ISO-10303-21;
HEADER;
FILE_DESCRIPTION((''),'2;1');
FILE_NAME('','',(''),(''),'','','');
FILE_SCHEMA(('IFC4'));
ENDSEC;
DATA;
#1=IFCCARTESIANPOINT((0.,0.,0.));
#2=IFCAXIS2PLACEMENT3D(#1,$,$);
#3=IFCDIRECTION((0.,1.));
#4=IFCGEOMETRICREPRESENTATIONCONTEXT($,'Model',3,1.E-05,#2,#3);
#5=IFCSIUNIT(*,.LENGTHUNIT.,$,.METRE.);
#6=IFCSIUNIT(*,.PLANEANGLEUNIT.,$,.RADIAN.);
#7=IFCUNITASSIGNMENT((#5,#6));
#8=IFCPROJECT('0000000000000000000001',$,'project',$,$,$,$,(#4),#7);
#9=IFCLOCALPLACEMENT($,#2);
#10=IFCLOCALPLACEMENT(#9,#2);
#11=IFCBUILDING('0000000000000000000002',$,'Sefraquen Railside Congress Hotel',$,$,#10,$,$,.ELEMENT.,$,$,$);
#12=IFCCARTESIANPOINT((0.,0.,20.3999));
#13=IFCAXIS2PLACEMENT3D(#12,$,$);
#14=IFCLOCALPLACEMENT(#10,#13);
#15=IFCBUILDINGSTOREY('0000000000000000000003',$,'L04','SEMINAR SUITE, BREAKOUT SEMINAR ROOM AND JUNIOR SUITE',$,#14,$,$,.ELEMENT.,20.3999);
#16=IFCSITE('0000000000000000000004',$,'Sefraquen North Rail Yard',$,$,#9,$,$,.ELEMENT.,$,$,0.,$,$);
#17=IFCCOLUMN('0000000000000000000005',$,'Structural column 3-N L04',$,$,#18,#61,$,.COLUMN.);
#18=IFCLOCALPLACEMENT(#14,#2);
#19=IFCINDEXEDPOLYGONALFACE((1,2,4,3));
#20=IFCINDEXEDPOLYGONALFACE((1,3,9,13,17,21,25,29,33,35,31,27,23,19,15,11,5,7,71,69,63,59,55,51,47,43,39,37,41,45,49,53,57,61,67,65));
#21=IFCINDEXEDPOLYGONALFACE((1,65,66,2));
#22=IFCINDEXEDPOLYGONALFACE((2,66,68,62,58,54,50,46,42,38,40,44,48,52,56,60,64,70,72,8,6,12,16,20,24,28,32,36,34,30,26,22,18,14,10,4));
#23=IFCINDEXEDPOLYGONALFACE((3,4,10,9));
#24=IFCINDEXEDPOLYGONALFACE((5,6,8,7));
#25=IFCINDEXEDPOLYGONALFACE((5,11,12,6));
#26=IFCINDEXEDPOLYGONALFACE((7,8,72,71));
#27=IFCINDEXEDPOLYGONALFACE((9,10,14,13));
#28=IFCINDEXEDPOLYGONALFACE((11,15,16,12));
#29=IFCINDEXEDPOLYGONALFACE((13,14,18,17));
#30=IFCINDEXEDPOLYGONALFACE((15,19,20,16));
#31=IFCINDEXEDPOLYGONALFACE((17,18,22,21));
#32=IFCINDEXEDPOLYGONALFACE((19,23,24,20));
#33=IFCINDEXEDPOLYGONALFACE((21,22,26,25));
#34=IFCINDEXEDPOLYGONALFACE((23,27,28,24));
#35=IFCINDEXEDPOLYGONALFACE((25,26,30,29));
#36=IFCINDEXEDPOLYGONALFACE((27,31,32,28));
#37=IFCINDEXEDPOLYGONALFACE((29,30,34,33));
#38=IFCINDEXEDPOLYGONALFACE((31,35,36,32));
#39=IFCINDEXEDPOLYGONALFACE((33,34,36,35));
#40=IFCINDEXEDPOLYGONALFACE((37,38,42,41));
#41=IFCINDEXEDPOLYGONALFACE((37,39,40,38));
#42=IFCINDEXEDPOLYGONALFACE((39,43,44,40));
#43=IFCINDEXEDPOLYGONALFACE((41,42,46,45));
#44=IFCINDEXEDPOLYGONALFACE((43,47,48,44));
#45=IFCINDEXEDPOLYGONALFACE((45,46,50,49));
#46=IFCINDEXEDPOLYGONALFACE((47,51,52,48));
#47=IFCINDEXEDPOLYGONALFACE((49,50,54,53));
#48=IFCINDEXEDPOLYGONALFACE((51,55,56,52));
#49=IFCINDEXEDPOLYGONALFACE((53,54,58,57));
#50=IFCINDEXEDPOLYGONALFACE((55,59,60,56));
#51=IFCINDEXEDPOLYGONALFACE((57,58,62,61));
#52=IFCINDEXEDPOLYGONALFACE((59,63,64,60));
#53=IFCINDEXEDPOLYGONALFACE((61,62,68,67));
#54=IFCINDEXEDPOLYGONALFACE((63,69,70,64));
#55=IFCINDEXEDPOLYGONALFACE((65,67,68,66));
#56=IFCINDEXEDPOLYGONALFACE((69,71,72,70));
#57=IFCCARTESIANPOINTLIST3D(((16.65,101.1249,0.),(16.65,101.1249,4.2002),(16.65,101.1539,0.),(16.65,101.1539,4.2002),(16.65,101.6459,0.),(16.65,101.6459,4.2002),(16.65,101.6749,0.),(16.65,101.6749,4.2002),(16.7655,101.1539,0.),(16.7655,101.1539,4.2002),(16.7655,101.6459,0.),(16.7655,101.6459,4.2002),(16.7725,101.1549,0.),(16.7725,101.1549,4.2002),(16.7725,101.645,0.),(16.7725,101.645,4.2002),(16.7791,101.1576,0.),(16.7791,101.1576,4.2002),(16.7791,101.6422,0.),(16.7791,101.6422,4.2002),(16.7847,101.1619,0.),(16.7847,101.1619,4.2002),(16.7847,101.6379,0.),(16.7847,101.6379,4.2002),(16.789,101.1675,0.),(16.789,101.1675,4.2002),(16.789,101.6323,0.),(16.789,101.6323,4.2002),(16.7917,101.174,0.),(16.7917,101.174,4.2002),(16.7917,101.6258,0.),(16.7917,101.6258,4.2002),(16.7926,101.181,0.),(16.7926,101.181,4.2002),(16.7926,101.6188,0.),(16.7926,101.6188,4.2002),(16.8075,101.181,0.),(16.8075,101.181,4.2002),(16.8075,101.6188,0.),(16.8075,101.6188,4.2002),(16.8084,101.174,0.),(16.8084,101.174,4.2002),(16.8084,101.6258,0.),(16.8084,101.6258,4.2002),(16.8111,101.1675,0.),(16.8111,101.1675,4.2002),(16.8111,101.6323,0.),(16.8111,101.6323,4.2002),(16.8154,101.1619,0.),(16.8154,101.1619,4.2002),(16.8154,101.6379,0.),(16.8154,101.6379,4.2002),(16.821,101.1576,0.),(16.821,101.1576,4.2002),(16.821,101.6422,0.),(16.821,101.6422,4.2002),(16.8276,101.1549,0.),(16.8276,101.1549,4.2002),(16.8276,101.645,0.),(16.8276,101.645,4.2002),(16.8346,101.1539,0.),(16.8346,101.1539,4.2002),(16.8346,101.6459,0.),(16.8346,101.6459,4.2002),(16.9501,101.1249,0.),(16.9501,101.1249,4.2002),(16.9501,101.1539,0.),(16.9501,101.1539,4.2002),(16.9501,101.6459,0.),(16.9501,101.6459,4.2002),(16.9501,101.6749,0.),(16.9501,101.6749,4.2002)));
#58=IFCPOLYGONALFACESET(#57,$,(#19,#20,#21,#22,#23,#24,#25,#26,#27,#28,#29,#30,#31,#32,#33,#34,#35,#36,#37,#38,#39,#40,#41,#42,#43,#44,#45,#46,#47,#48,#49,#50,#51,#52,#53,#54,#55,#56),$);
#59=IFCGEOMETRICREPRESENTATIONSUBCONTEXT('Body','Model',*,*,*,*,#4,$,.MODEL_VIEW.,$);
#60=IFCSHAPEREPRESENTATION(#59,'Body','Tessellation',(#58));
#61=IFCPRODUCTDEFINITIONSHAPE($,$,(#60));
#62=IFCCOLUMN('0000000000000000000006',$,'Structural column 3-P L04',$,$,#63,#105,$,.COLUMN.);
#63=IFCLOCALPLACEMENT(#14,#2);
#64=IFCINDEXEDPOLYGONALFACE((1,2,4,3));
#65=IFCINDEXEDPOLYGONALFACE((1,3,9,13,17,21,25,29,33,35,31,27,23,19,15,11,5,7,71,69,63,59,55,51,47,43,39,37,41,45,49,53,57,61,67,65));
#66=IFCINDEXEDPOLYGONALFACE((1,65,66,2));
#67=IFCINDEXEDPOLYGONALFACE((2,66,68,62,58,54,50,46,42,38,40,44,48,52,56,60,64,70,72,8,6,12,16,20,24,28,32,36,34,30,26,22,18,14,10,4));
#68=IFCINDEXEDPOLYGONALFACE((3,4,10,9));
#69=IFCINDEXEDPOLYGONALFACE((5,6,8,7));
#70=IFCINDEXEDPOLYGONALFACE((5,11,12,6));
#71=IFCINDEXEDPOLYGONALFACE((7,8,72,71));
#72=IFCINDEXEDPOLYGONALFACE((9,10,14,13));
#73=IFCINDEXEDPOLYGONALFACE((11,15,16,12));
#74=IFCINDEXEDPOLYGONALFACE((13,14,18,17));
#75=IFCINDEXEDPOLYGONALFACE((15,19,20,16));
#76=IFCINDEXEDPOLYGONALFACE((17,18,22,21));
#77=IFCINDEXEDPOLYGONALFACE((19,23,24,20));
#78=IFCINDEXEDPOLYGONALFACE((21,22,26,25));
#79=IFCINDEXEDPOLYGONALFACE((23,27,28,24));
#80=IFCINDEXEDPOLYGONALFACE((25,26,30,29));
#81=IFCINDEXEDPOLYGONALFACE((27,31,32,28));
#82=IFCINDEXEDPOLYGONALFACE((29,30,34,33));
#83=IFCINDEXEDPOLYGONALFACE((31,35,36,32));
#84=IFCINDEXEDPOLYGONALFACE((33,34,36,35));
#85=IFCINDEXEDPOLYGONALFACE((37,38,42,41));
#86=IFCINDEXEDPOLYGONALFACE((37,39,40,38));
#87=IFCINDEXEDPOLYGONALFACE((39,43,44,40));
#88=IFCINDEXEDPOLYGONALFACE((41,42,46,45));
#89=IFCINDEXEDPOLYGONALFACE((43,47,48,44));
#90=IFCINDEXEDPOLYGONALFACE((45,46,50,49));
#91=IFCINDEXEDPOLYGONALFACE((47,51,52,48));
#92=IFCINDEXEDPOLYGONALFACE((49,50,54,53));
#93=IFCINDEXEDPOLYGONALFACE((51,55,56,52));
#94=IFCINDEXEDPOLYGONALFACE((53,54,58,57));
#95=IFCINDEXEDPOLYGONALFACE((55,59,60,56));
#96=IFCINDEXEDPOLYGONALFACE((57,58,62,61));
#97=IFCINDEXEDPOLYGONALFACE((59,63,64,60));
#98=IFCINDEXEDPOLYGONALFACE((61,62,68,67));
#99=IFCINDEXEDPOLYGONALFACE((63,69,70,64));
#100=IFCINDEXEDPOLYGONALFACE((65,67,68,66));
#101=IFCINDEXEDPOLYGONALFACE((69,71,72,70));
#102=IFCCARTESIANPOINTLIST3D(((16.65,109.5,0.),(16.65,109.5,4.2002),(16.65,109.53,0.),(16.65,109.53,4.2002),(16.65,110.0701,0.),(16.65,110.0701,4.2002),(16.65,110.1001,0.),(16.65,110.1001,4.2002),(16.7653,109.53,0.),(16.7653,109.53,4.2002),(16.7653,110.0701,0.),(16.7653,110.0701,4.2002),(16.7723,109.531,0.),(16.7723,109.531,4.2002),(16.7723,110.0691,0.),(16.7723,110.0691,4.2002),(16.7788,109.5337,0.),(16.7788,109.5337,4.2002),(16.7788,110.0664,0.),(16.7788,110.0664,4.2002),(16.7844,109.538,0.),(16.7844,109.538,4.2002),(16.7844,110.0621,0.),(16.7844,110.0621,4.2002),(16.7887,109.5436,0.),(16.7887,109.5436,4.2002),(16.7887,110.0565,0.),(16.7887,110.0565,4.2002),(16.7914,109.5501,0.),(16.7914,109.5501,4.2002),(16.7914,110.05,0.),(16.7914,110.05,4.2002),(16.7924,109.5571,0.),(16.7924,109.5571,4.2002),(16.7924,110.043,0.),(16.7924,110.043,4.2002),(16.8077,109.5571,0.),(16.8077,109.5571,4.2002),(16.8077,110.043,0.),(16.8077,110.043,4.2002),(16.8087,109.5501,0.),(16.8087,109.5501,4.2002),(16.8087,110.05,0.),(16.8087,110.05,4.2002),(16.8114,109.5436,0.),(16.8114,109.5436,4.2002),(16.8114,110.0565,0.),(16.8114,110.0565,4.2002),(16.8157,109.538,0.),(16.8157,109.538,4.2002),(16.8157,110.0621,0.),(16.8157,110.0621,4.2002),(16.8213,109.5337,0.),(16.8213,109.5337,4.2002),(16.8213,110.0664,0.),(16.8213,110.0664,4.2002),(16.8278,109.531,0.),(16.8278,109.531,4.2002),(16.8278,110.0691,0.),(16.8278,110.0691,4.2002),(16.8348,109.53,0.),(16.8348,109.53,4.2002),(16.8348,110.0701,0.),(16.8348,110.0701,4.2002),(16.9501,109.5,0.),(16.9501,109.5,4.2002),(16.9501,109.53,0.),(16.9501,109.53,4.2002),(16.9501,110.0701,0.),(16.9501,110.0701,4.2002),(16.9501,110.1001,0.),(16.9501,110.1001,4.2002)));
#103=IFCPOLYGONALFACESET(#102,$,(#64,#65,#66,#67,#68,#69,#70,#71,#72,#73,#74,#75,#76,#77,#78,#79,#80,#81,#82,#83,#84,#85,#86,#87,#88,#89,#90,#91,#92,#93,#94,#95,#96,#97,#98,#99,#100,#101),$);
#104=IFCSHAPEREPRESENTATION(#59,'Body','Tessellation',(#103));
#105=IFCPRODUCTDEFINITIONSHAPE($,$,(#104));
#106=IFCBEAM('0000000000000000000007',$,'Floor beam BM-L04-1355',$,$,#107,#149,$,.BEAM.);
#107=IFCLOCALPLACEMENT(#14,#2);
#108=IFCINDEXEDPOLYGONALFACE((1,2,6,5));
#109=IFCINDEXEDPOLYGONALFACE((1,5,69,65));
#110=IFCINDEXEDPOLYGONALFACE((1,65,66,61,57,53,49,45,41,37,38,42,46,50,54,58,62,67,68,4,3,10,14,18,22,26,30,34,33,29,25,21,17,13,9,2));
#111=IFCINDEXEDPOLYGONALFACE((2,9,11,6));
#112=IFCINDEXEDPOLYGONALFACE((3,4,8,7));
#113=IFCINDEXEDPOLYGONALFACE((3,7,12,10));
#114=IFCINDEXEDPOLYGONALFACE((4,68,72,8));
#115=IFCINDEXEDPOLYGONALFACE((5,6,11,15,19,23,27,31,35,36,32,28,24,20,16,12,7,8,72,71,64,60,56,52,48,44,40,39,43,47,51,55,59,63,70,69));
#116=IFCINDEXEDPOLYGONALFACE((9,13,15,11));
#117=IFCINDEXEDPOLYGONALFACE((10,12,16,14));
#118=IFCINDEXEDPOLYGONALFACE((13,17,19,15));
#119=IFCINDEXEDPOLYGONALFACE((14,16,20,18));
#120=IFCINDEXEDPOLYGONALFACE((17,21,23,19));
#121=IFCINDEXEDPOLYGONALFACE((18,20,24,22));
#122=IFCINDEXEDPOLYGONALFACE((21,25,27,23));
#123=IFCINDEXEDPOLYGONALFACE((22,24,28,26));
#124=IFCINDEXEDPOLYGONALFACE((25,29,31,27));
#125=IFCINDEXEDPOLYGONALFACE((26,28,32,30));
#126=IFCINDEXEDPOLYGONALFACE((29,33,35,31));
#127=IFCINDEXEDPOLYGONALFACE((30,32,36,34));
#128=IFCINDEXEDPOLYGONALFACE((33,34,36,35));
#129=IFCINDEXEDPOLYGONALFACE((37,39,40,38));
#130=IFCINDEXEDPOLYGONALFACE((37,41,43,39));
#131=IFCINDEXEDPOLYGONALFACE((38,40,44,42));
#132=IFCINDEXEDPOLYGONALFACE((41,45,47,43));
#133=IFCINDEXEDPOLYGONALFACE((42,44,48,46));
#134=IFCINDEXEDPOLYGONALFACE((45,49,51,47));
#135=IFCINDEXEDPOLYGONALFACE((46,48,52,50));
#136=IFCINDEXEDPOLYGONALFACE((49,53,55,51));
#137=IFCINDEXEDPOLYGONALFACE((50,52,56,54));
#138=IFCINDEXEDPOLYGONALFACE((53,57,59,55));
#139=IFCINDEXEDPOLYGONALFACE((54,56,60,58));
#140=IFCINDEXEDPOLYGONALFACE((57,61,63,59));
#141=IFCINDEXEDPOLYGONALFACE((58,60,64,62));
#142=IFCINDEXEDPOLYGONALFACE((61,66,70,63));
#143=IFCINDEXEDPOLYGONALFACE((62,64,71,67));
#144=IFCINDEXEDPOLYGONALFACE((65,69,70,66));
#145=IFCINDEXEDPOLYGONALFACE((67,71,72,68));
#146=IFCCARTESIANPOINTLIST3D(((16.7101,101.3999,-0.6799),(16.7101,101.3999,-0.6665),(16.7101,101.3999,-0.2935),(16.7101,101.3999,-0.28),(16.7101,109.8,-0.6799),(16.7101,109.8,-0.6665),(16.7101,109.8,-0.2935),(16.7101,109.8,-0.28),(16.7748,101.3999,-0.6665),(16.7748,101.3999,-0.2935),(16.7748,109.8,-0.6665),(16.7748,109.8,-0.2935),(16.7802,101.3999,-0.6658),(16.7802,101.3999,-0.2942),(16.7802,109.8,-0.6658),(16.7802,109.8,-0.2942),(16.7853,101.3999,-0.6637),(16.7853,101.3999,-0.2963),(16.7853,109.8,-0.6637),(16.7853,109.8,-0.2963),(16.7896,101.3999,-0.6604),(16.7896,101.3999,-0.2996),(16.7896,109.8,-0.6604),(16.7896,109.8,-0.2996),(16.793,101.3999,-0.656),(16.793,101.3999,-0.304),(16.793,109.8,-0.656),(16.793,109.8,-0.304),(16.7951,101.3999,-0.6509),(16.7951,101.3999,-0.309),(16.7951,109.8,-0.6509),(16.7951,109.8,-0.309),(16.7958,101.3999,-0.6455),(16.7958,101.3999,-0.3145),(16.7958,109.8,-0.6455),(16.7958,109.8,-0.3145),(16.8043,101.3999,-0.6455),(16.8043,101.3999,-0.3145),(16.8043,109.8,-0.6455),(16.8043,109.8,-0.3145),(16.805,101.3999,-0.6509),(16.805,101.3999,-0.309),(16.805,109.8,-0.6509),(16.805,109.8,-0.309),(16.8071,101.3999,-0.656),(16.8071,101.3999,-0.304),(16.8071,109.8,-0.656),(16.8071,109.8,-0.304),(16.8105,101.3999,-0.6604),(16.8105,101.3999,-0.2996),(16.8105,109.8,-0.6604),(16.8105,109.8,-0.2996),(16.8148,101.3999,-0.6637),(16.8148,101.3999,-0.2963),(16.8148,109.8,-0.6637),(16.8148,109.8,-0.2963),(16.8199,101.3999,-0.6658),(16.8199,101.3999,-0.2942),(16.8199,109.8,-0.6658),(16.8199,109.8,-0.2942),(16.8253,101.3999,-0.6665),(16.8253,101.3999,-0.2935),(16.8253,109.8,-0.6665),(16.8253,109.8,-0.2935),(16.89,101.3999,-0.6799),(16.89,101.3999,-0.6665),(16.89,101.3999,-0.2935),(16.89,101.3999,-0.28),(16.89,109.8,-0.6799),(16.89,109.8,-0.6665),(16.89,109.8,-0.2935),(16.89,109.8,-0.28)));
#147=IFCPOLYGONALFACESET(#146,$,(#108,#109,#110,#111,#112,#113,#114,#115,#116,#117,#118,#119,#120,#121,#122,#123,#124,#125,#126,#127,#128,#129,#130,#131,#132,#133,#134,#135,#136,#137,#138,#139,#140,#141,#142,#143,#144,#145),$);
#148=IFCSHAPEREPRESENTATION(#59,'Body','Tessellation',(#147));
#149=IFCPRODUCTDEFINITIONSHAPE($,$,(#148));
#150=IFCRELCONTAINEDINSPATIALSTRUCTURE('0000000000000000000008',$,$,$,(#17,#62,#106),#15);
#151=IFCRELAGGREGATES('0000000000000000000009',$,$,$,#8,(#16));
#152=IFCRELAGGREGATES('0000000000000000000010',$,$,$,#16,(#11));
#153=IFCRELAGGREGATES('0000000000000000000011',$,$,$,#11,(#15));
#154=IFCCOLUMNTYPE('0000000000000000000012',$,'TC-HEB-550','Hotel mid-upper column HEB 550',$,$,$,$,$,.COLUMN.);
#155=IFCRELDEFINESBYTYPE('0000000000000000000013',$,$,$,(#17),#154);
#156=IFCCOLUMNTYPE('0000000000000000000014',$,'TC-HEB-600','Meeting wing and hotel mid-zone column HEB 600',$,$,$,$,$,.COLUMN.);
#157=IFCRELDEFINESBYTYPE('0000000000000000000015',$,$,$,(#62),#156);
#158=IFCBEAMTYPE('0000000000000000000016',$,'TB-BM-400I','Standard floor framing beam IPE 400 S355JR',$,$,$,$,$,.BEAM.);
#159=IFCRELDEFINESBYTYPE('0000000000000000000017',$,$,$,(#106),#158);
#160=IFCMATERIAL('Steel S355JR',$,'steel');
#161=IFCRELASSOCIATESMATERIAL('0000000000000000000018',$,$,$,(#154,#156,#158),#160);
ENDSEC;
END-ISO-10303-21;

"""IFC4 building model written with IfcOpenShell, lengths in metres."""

from ifc_helpers import new_model, si_unit, direction, frame, origin, origin_2d, place, context, subcontext, project, spatial, i_section, extrude, material, material_profile, profile_set, type_object, element, save


model = new_model("IFC4")

# Units and contexts
model_context = context("Model", 3, precision=1e-05, world=origin(), true_north=direction((0.0, 1.0)))
body_context = subcontext(model_context, "Body", "Model", "MODEL_VIEW")
ifc_project = project(units=[si_unit("LENGTHUNIT", "METRE"), si_unit("PLANEANGLEUNIT", "RADIAN")], contexts=[model_context])

# Site, building, storey
site_placement = place(None, origin())
site = spatial("IfcSite", under=ifc_project, at=site_placement, Name="Sefraquen North Rail Yard", CompositionType="ELEMENT", RefElevation=0.0)
building_placement = place(site_placement, origin())
building = spatial("IfcBuilding", under=site, at=building_placement, Name="Sefraquen Railside Congress Hotel", CompositionType="ELEMENT")
storey_placement = place(building_placement, frame((0.0, 0.0, 20.3999)))
storey = spatial("IfcBuildingStorey", under=building, at=storey_placement, Name="L04", Description="SEMINAR SUITE, BREAKOUT SEMINAR ROOM AND JUNIOR SUITE", CompositionType="ELEMENT", Elevation=20.3999)

# Columns
ifc_material_1 = material(Name="Steel S355JR", Category="steel")
ifc_material_profile_1 = material_profile(ifc_material_1, i_section(OverallWidth=0.3, OverallDepth=0.55, WebThickness=0.0149, FlangeThickness=0.0291, FilletRadius=0.0271, at=origin_2d()), Name="HEB 550")
ifc_profile_set_1 = profile_set([ifc_material_profile_1], Name="Steel S355JR")
column_type_1 = type_object("IfcColumnType", Name="TC-HEB-550", Description="Hotel mid-upper column HEB 550", PredefinedType="COLUMN", material=ifc_profile_set_1)
column_1_placement = place(storey_placement, frame((16.8, 101.3999, 0.0), z_axis=(0.0, 0.0, 1.0), x_axis=(1.0, 0.0, 0.0)))
element("IfcColumn", 1, at=column_1_placement, inside=storey, type_object=column_type_1, Name="Structural column 3-N L04", PredefinedType="COLUMN", context=body_context, shape_type="SweptSolid", body=[
    extrude(i_section(OverallWidth=0.3, OverallDepth=0.55, WebThickness=0.0149, FlangeThickness=0.0291, FilletRadius=0.0271, at=origin_2d()), origin(), (0.0, 0.0, 1.0), 4.2002),
])
ifc_material_profile_2 = material_profile(ifc_material_1, i_section(OverallWidth=0.3, OverallDepth=0.6001, WebThickness=0.0154, FlangeThickness=0.03, FilletRadius=0.0271, at=origin_2d()), Name="HEB 600")
ifc_profile_set_2 = profile_set([ifc_material_profile_2], Name="Steel S355JR")
column_type_2 = type_object("IfcColumnType", Name="TC-HEB-600", Description="Meeting wing and hotel mid-zone column HEB 600", PredefinedType="COLUMN", material=ifc_profile_set_2)
column_2_placement = place(storey_placement, frame((16.8, 109.8, 0.0), z_axis=(0.0, 0.0, 1.0), x_axis=(1.0, 0.0, 0.0)))
element("IfcColumn", 2, at=column_2_placement, inside=storey, type_object=column_type_2, Name="Structural column 3-P L04", PredefinedType="COLUMN", context=body_context, shape_type="SweptSolid", body=[
    extrude(i_section(OverallWidth=0.3, OverallDepth=0.6001, WebThickness=0.0154, FlangeThickness=0.03, FilletRadius=0.0271, at=origin_2d()), origin(), (0.0, 0.0, 1.0), 4.2002),
])

# Beam
ifc_material_profile_3 = material_profile(ifc_material_1, i_section(OverallWidth=0.1799, OverallDepth=0.3999, WebThickness=0.0085, FlangeThickness=0.0134, FilletRadius=0.021, at=origin_2d()), Name="IPE 400")
ifc_profile_set_3 = profile_set([ifc_material_profile_3], Name="Steel S355JR")
beam_type_1 = type_object("IfcBeamType", Name="TB-BM-400I", Description="Standard floor framing beam IPE 400 S355JR", PredefinedType="BEAM", material=ifc_profile_set_3)
beam_1_placement = place(storey_placement, frame((16.8, 101.3999, -0.48), z_axis=(0.0, 1.0, 0.0), x_axis=(-1.0, 0.0, 0.0)))
element("IfcBeam", 3, at=beam_1_placement, inside=storey, type_object=beam_type_1, Name="Floor beam BM-L04-1355", PredefinedType="BEAM", context=body_context, shape_type="SweptSolid", body=[
    extrude(i_section(OverallWidth=0.1799, OverallDepth=0.3999, WebThickness=0.0085, FlangeThickness=0.0134, FilletRadius=0.021, at=origin_2d()), origin(), (0.0, 0.0, 1.0), 8.4001),
])

save(model, "model.ifc")
